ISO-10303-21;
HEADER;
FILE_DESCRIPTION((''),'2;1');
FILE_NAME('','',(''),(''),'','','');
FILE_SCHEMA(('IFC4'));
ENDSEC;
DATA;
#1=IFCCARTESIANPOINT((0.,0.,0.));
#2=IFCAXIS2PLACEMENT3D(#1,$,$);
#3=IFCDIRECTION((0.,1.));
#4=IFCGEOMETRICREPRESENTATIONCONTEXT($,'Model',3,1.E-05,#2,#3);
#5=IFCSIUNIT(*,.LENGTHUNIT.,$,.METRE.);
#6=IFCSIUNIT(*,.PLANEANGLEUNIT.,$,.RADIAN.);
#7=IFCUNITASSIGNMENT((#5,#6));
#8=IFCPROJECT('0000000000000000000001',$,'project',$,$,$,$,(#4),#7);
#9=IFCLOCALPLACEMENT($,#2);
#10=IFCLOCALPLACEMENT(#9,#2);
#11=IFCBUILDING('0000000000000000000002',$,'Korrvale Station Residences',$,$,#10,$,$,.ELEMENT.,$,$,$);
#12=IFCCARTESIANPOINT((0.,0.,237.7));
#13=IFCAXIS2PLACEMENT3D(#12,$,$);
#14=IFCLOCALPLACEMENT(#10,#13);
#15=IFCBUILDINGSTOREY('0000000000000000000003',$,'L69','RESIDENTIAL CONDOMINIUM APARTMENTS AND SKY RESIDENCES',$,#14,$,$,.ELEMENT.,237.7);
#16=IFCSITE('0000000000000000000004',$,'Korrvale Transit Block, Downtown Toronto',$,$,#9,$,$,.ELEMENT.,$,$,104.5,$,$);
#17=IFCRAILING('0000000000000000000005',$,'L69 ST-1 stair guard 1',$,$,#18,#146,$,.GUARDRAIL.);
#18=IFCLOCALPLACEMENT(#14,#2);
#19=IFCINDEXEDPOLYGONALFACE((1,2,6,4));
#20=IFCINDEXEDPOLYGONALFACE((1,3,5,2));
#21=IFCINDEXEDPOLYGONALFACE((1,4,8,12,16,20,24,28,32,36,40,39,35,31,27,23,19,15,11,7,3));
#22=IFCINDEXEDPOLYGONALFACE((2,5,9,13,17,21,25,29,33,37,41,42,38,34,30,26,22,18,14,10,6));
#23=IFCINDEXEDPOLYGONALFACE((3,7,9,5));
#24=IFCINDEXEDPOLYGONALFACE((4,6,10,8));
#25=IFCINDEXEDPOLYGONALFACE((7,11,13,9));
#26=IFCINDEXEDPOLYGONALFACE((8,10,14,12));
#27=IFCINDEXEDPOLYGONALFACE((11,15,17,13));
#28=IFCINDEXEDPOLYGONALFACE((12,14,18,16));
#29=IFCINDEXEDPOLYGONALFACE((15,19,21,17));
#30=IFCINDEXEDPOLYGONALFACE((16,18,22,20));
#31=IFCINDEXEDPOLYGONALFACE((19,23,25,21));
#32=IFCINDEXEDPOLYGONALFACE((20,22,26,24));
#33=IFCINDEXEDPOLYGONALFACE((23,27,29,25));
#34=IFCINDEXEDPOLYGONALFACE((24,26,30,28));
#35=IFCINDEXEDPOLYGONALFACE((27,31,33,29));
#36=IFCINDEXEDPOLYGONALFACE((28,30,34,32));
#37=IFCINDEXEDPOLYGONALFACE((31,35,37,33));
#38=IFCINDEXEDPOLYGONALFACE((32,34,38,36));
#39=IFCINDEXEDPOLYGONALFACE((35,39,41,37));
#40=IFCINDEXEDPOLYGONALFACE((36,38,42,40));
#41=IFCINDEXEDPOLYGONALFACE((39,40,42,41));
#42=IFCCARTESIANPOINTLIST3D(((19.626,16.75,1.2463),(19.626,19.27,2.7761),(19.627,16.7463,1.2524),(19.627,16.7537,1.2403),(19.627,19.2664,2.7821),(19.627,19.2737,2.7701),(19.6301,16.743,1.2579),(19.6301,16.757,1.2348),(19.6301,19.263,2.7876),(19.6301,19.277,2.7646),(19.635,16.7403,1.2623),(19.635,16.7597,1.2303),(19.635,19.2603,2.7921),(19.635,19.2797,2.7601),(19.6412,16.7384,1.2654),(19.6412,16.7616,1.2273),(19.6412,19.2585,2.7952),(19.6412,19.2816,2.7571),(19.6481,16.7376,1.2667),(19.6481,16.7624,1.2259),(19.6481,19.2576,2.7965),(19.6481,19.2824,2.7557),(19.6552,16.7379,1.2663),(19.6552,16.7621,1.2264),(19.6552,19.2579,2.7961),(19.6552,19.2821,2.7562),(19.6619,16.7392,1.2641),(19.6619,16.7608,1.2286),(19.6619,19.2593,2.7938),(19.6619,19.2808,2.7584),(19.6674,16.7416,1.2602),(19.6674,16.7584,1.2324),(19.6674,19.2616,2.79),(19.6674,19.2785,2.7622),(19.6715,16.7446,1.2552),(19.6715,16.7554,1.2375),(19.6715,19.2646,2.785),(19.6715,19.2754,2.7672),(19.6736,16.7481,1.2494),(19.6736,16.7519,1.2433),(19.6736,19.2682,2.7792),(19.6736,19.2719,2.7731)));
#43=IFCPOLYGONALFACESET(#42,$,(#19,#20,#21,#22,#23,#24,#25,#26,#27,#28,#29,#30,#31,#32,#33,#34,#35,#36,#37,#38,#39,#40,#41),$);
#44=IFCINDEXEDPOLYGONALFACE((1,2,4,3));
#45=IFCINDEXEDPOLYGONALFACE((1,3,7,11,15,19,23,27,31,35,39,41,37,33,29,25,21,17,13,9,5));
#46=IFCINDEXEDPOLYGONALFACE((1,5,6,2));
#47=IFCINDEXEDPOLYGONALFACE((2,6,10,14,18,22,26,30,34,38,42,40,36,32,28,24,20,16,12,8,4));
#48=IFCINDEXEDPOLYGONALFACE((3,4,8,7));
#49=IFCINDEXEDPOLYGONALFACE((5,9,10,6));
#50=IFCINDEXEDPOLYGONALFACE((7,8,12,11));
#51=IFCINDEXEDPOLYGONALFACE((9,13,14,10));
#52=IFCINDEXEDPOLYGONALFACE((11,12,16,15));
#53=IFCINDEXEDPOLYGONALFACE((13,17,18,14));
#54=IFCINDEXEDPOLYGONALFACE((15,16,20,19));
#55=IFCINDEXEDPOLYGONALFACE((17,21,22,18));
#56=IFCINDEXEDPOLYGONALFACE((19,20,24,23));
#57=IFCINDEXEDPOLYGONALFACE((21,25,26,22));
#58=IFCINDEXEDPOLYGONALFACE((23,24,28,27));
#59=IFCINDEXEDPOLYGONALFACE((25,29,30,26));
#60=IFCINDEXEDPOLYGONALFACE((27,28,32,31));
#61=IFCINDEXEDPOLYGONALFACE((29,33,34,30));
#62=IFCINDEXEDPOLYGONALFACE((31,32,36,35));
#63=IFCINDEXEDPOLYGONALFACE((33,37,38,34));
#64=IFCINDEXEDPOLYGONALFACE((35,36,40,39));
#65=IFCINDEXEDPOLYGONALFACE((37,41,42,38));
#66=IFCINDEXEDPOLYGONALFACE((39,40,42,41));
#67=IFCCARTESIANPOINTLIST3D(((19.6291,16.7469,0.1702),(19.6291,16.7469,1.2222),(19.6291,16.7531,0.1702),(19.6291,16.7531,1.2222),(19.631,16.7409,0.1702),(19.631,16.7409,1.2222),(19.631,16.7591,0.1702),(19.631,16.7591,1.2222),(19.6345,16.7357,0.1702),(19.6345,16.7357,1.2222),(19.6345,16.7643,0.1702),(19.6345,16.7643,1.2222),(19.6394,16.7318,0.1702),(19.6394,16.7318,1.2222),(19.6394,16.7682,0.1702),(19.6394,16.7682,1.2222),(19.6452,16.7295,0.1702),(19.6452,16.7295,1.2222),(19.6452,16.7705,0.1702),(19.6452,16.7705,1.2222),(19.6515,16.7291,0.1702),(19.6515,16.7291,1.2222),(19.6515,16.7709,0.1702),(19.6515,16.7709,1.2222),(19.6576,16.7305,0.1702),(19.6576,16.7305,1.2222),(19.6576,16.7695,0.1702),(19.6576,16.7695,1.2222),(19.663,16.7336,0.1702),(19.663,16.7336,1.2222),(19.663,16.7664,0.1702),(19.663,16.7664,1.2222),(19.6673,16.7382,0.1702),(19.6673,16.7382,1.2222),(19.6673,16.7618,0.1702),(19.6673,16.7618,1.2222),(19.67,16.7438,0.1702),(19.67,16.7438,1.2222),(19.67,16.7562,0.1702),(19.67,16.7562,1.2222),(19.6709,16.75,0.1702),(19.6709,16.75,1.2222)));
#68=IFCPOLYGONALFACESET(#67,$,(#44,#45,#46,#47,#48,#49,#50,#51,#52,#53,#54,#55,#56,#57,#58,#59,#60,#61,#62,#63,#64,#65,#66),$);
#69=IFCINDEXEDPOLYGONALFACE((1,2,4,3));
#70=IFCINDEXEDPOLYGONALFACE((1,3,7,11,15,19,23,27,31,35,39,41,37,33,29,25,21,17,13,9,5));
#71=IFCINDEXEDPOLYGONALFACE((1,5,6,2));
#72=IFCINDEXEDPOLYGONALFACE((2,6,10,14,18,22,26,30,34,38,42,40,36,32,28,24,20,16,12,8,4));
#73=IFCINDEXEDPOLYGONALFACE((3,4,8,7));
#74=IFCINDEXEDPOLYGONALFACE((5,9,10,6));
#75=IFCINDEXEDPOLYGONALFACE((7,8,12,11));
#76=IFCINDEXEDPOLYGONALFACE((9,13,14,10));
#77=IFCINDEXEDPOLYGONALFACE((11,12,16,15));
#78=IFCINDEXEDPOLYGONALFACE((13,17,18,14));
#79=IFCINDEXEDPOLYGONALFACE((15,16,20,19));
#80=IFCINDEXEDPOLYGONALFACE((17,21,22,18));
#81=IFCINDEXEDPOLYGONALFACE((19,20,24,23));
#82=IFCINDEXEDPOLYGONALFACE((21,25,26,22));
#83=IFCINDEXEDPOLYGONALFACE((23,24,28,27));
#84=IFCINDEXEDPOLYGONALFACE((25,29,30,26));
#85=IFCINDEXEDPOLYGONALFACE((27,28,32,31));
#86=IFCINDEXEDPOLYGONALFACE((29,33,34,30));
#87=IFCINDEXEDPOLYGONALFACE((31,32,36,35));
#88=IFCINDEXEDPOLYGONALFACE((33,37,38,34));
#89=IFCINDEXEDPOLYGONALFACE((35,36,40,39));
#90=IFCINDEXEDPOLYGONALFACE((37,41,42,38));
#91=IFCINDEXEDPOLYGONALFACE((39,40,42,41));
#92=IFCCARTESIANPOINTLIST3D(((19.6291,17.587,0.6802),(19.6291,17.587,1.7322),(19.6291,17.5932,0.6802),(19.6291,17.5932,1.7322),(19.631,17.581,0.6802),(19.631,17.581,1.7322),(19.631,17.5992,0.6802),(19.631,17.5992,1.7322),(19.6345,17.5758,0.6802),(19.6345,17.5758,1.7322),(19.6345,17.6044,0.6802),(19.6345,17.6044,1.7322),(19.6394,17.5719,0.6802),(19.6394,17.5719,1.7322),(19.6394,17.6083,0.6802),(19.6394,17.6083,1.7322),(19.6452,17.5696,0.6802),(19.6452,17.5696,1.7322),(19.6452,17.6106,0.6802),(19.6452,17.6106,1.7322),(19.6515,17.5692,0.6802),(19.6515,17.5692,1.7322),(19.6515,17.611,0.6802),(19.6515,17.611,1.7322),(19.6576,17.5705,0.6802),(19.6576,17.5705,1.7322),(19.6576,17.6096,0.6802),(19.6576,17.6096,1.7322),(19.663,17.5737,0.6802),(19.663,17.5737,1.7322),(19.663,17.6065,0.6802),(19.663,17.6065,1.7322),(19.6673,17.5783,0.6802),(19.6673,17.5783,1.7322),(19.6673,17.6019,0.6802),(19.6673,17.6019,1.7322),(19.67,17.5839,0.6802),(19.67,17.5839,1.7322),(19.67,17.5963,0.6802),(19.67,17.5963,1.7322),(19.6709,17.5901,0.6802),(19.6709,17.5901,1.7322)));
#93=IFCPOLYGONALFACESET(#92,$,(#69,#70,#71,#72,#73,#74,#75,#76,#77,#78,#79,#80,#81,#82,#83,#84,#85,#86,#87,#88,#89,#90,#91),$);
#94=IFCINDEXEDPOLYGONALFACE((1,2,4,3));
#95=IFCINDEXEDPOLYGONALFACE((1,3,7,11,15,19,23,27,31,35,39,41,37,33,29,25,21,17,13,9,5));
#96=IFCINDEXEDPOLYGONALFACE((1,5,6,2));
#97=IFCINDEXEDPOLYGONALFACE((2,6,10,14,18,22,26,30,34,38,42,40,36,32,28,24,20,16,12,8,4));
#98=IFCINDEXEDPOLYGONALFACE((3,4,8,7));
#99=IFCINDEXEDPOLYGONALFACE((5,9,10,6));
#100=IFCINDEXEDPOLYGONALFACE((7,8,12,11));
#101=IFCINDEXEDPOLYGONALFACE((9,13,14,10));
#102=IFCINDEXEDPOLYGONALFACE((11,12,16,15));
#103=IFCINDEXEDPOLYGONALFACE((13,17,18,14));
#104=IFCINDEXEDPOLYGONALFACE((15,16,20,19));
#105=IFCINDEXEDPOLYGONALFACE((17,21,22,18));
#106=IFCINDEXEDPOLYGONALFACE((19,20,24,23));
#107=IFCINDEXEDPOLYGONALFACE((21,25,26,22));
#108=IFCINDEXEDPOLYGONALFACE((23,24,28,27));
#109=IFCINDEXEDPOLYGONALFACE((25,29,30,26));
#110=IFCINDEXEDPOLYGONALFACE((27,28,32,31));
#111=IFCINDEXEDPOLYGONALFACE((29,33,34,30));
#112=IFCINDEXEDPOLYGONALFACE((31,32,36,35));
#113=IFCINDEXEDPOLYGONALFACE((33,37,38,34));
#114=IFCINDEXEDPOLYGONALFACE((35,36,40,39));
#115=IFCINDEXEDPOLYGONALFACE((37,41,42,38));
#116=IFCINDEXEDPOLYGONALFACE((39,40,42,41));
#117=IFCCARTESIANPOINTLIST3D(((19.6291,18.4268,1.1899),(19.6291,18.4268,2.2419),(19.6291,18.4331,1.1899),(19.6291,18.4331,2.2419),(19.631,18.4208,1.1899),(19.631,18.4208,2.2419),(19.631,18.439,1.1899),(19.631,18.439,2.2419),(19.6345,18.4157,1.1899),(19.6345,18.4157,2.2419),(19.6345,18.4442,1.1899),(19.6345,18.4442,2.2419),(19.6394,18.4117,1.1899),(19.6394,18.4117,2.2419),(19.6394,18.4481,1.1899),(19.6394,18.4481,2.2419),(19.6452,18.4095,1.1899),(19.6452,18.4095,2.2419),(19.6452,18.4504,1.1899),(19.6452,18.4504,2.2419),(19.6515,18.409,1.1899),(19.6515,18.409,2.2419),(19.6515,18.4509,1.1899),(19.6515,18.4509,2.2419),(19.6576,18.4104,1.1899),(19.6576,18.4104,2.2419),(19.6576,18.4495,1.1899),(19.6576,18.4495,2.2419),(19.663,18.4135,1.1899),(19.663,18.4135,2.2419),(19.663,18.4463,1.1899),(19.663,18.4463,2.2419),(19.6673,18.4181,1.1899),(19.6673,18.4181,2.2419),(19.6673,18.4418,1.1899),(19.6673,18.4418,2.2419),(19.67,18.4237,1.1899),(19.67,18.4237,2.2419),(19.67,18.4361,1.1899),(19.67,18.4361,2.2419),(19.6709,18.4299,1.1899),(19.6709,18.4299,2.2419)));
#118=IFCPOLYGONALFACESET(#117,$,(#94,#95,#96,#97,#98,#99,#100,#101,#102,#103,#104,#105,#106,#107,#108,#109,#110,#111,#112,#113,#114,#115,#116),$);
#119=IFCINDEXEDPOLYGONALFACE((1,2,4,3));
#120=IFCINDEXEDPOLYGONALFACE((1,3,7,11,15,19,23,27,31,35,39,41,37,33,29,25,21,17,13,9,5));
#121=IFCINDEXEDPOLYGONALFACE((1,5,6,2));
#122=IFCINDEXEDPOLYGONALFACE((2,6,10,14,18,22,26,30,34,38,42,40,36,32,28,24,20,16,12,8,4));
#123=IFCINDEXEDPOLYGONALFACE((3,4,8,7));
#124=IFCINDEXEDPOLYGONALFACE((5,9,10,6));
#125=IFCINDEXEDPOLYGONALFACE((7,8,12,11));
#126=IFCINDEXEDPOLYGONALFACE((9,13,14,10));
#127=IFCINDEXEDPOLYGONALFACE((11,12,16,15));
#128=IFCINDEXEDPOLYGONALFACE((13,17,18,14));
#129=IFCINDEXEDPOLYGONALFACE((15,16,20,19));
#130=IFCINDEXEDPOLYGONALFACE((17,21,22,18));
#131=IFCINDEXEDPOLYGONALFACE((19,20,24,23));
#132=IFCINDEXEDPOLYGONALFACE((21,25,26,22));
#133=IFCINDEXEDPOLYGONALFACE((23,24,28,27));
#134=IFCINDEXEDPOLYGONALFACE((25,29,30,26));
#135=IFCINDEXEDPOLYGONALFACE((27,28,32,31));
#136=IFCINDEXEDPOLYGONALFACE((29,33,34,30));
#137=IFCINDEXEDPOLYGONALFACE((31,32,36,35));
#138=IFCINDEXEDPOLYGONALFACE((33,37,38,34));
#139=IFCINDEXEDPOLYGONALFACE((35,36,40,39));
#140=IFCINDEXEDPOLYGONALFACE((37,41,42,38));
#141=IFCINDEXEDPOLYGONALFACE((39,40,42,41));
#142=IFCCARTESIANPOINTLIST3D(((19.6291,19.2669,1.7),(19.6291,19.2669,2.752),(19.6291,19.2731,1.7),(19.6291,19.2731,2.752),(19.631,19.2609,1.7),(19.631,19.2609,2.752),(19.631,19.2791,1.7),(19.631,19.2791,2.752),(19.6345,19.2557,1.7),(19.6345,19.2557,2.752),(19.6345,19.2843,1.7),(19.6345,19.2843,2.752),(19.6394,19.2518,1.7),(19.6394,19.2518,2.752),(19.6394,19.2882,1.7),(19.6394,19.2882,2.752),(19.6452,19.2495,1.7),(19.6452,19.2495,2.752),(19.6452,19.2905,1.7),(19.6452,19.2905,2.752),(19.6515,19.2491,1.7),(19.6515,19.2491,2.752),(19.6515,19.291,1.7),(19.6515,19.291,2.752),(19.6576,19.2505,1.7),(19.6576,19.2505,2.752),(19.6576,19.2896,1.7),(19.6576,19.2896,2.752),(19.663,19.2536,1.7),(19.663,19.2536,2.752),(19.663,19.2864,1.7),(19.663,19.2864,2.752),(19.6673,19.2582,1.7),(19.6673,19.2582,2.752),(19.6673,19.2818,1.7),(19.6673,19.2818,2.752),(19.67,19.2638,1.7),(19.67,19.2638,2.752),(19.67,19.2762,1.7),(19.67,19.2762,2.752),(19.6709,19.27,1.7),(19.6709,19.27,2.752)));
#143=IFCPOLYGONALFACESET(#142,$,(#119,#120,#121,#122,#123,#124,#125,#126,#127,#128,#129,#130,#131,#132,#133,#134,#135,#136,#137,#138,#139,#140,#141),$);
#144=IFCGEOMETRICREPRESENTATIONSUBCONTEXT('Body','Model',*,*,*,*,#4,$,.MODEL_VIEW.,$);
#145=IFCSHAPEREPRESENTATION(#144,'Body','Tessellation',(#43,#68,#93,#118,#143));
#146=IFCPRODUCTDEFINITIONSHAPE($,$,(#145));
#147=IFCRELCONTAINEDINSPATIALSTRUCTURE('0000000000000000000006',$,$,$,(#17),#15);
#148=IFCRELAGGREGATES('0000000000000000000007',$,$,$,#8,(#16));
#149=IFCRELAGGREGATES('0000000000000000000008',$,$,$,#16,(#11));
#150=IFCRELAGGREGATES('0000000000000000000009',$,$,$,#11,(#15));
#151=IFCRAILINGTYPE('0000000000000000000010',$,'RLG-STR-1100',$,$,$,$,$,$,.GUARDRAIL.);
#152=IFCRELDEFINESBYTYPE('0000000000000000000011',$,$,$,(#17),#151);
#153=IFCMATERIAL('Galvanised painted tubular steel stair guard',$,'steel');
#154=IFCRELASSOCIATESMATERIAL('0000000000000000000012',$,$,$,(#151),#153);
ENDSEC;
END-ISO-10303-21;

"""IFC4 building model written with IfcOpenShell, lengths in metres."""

from ifc_helpers import new_model, si_unit, direction, frame, origin, origin_2d, place, context, subcontext, project, spatial, circle, extrude, material, type_object, element, save


model = new_model("IFC4")

# Units and contexts
model_context = context("Model", 3, precision=1e-05, world=origin(), true_north=direction((0.0, 1.0)))
body_context = subcontext(model_context, "Body", "Model", "MODEL_VIEW")
ifc_project = project(units=[si_unit("LENGTHUNIT", "METRE"), si_unit("PLANEANGLEUNIT", "RADIAN")], contexts=[model_context])

# Site, building, storey
site_placement = place(None, origin())
site = spatial("IfcSite", under=ifc_project, at=site_placement, Name="Korrvale Transit Block, Downtown Toronto", CompositionType="ELEMENT", RefElevation=104.5)
building_placement = place(site_placement, origin())
building = spatial("IfcBuilding", under=site, at=building_placement, Name="Korrvale Station Residences", CompositionType="ELEMENT")
storey_placement = place(building_placement, frame((0.0, 0.0, 237.7)))
storey = spatial("IfcBuildingStorey", under=building, at=storey_placement, Name="L69", Description="RESIDENTIAL CONDOMINIUM APARTMENTS AND SKY RESIDENCES", CompositionType="ELEMENT", Elevation=237.7)

# Railing
ifc_material_1 = material(Name="Galvanised painted tubular steel stair guard", Category="steel")
railing_type_1 = type_object("IfcRailingType", Name="RLG-STR-1100", PredefinedType="GUARDRAIL", material=ifc_material_1)
railing_1_placement = place(storey_placement, frame((19.6499, 16.75, 0.1702)))
element("IfcRailing", 1, at=railing_1_placement, inside=storey, type_object=railing_type_1, Name="L69 ST-1 stair guard 1", PredefinedType="GUARDRAIL", context=body_context, shape_type="SweptSolid", body=[
    extrude(circle(Radius=0.0239, at=origin_2d()), frame((0.0, 0.0, 1.0762), z_axis=(0.0, 0.854822, 0.518922), x_axis=(-1.0, 0.0, 0.0)), (0.0, 0.0, 1.0), 2.948),
    extrude(circle(Radius=0.021, at=origin_2d()), origin(), (0.0, 0.0, 1.0), 1.052),
    extrude(circle(Radius=0.021, at=origin_2d()), frame((0.0, 0.8401, 0.51)), (0.0, 0.0, 1.0), 1.052),
    extrude(circle(Radius=0.021, at=origin_2d()), frame((0.0, 1.6799, 1.0198)), (0.0, 0.0, 1.0), 1.052),
    extrude(circle(Radius=0.021, at=origin_2d()), frame((0.0, 2.52, 1.5298)), (0.0, 0.0, 1.0), 1.052),
])

save(model, "model.ifc")
